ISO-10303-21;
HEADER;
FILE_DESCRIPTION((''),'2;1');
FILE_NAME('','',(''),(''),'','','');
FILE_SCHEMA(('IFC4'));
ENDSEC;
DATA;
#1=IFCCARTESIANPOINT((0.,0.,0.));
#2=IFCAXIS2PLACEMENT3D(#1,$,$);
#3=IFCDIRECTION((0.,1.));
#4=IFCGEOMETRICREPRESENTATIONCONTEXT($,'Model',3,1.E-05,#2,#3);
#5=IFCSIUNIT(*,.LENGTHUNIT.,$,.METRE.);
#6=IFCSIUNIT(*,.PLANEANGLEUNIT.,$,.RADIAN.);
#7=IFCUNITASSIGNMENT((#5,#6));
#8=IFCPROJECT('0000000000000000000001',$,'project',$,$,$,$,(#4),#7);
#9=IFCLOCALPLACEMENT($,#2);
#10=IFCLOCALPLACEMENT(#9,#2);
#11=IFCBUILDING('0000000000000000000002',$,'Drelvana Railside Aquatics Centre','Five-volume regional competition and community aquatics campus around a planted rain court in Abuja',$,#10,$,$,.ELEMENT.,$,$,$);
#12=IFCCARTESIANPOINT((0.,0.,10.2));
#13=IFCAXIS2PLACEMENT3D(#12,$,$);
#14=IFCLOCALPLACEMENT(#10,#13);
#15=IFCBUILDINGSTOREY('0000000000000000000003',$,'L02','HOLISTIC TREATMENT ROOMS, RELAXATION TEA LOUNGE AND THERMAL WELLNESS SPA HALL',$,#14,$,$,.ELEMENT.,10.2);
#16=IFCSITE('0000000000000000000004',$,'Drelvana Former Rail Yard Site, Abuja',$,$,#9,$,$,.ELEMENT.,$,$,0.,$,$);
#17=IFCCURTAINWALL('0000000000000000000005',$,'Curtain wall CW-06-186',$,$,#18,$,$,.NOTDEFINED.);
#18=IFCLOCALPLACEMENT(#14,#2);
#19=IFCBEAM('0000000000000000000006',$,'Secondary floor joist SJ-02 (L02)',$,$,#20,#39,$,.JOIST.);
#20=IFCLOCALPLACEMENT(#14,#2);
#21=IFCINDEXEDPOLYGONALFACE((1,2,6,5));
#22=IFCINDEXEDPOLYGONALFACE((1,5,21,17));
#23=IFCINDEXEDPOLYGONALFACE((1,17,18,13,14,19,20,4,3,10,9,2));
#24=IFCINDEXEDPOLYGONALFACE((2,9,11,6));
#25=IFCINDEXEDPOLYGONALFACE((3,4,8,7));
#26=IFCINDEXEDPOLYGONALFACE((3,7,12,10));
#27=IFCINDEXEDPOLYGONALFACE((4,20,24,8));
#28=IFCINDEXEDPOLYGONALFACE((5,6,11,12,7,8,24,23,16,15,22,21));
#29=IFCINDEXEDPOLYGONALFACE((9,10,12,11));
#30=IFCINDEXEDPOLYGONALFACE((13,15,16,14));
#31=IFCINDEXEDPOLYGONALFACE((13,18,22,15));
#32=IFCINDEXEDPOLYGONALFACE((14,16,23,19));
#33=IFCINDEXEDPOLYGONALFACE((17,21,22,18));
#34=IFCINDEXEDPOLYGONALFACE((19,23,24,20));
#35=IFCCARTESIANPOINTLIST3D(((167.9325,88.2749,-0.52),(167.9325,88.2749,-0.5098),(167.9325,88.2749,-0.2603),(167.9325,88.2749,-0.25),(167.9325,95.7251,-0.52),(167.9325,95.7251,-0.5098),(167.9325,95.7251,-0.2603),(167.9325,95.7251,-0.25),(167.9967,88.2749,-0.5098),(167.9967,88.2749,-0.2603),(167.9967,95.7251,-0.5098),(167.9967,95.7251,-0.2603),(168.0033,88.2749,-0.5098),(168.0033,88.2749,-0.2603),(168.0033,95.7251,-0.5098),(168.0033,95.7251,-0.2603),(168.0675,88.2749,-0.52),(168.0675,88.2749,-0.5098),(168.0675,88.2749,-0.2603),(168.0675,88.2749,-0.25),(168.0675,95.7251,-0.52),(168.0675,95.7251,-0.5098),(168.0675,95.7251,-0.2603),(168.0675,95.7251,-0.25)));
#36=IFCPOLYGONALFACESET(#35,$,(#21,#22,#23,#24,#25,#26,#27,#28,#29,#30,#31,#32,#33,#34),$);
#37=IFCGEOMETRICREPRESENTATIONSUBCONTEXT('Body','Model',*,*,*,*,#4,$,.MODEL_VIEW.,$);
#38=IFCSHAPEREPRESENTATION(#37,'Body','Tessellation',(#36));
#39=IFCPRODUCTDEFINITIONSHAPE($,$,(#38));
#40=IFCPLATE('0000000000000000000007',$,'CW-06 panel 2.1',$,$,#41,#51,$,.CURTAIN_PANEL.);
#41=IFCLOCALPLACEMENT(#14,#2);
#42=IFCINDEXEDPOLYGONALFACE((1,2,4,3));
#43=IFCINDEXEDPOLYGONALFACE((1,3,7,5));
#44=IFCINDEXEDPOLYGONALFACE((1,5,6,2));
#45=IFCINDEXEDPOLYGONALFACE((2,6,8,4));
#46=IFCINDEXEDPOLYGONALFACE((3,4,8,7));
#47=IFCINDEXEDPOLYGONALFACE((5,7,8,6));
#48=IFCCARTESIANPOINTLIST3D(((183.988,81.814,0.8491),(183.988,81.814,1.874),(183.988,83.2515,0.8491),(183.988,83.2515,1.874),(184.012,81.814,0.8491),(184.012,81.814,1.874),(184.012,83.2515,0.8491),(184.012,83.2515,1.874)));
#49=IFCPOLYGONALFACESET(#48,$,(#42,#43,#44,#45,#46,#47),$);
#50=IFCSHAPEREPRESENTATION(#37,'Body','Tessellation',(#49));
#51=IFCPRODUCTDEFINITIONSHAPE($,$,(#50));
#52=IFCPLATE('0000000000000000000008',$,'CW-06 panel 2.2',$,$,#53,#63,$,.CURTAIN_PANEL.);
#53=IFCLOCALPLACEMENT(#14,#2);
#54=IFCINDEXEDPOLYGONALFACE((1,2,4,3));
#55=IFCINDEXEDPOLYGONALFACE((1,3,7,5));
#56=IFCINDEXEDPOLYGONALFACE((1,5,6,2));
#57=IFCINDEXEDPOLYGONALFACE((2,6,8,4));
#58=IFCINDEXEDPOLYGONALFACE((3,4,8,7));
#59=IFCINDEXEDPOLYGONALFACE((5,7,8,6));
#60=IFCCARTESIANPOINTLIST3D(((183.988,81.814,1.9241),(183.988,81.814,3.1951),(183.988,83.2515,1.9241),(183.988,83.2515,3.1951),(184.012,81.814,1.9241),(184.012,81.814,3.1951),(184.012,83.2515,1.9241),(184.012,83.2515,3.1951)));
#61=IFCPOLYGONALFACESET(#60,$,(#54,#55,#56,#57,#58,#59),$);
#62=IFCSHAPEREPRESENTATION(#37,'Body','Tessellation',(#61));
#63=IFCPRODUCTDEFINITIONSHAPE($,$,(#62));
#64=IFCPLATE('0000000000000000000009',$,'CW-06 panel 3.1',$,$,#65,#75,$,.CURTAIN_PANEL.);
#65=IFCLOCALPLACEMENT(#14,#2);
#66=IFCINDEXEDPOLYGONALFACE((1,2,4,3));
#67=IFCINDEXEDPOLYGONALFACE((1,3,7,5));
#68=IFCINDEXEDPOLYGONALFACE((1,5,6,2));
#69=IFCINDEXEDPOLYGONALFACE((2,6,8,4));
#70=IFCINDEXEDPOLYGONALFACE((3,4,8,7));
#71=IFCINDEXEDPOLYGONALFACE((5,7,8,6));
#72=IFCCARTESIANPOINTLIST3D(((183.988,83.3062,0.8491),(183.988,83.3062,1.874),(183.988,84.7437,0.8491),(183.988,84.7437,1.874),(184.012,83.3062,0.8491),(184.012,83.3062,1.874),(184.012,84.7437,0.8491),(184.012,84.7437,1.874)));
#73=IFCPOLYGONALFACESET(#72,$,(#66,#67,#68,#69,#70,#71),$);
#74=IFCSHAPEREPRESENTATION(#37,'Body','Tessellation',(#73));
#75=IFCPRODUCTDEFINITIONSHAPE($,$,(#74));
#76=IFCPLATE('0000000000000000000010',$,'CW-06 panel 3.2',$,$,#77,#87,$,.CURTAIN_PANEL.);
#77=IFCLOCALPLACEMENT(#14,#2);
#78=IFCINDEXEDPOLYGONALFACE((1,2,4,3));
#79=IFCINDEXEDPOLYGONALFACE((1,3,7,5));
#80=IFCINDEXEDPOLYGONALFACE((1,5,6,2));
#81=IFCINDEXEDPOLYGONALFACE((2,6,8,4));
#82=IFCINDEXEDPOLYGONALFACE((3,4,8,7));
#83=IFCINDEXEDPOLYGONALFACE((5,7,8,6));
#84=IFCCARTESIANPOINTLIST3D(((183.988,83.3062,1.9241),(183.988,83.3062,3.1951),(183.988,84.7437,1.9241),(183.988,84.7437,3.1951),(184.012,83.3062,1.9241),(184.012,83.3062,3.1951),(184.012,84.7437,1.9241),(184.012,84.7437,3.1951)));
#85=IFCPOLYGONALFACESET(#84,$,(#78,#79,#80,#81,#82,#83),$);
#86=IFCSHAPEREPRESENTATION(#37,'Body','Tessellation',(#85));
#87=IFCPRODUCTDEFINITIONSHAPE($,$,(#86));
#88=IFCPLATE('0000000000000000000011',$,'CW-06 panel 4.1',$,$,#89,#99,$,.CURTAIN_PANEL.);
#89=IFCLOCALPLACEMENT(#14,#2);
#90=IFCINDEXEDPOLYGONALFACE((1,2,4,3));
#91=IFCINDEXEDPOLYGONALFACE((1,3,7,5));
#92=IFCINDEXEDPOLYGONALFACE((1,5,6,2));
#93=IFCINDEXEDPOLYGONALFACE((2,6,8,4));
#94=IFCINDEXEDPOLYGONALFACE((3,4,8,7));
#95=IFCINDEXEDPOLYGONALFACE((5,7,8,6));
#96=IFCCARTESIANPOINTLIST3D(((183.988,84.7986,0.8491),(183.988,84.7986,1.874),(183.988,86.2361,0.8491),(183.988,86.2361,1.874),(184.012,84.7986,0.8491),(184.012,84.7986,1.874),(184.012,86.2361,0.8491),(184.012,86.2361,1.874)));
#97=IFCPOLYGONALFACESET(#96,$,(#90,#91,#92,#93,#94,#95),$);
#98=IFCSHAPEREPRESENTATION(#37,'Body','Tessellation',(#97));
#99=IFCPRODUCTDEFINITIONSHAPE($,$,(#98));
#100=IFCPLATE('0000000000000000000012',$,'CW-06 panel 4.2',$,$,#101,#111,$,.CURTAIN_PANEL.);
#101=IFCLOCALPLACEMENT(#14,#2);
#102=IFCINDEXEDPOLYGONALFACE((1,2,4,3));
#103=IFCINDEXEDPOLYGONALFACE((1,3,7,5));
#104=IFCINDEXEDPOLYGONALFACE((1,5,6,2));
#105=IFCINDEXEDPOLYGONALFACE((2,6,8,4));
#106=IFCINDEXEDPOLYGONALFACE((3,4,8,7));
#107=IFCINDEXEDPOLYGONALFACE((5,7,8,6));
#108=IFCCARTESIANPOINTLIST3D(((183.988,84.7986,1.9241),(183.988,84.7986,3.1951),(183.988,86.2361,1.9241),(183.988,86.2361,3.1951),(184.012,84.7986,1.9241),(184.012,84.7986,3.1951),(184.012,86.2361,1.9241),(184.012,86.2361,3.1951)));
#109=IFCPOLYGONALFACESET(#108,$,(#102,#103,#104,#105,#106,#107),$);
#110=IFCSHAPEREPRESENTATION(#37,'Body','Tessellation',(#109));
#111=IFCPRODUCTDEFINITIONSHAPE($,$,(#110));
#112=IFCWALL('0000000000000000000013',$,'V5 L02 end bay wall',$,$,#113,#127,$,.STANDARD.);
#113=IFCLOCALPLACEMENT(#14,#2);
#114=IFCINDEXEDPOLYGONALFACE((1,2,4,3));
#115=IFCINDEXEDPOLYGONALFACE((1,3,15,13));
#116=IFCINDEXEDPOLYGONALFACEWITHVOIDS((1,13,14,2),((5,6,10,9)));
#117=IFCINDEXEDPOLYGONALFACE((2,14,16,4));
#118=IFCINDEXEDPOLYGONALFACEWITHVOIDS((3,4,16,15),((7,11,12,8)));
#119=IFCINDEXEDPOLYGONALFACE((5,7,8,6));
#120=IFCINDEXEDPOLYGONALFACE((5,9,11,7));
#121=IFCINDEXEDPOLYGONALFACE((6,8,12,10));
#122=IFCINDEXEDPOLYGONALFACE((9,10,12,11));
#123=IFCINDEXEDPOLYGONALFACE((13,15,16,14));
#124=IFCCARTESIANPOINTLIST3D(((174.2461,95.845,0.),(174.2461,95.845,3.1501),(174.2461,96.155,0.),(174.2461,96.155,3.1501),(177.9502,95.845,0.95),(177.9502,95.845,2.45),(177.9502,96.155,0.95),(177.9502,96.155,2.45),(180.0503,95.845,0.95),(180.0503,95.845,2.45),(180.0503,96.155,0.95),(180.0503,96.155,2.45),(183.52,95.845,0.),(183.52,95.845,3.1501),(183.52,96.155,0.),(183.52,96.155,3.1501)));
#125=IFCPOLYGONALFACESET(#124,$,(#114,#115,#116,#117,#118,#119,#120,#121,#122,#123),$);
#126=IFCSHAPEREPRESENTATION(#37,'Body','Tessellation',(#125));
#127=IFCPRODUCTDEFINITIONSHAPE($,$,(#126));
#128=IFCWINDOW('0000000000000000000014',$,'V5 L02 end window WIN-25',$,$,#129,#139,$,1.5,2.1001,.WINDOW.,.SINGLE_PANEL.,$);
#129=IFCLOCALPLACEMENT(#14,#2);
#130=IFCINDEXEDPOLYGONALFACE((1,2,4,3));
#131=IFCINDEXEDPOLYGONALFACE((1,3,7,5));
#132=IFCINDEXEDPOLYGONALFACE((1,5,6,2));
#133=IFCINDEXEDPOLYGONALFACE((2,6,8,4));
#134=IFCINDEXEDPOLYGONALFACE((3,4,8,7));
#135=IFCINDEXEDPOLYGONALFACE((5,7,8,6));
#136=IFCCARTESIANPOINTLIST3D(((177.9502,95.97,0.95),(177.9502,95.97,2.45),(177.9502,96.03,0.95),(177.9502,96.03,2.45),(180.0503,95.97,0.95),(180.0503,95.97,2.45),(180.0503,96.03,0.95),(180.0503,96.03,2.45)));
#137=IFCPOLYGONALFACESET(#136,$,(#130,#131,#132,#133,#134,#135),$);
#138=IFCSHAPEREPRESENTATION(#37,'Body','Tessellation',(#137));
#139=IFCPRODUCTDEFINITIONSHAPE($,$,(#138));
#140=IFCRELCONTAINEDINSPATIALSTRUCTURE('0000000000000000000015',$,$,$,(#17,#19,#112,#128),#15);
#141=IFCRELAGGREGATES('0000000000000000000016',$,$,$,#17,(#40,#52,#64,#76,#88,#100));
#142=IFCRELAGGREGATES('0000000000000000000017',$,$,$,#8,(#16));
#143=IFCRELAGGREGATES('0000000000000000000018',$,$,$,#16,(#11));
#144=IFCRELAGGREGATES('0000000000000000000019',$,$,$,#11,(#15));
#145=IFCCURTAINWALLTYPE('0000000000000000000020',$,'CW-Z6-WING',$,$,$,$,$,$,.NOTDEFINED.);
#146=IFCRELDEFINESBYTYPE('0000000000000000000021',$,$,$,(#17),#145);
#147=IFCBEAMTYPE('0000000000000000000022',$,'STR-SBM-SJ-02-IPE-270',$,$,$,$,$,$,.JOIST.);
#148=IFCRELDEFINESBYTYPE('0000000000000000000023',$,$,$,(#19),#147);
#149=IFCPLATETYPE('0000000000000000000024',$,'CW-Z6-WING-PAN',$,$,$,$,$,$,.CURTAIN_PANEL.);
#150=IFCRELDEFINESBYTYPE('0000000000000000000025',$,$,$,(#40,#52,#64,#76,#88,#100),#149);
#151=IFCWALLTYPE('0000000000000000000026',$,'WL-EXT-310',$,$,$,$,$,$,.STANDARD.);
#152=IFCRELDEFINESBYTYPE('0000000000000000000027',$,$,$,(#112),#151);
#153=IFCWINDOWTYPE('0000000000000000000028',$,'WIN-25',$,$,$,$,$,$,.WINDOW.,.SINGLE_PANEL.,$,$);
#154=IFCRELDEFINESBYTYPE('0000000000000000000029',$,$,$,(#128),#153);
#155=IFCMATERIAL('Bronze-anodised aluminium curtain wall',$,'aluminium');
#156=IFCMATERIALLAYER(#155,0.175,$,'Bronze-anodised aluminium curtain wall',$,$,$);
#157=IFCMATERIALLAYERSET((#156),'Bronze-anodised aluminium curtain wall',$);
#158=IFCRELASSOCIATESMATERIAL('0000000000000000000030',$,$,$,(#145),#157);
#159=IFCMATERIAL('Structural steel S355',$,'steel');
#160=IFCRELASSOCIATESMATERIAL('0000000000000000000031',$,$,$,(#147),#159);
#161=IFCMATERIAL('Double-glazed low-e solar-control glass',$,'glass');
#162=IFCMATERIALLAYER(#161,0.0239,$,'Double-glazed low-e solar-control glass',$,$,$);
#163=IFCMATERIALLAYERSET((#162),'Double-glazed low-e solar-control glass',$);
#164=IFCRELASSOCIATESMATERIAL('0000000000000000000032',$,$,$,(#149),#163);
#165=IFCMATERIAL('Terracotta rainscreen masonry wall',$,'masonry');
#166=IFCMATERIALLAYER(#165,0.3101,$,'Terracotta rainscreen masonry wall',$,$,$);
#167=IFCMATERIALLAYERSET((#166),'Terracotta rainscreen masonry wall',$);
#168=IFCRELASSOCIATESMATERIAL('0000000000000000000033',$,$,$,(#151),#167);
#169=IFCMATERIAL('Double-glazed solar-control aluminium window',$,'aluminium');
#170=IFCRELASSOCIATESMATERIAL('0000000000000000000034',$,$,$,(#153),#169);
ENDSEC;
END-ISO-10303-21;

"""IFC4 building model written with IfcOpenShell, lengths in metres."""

from ifc_helpers import new_model, si_unit, direction, frame, frame_2d, origin, origin_2d, place, context, subcontext, project, spatial, rectangle, i_section, extrude, material, layer, layer_set, material_profile, profile_set, type_object, element, fill, aggregate, save


model = new_model("IFC4")

# Units and contexts
model_context = context("Model", 3, precision=1e-05, world=origin(), true_north=direction((0.0, 1.0)))
body_context = subcontext(model_context, "Body", "Model", "MODEL_VIEW")
ifc_project = project(units=[si_unit("LENGTHUNIT", "METRE"), si_unit("PLANEANGLEUNIT", "RADIAN")], contexts=[model_context])

# Site, building, storey
site_placement = place(None, origin())
site = spatial("IfcSite", under=ifc_project, at=site_placement, Name="Drelvana Former Rail Yard Site, Abuja", CompositionType="ELEMENT", RefElevation=0.0)
building_placement = place(site_placement, origin())
building = spatial("IfcBuilding", under=site, at=building_placement, Name="Drelvana Railside Aquatics Centre", Description="Five-volume regional competition and community aquatics campus around a planted rain court in Abuja", CompositionType="ELEMENT")
storey_placement = place(building_placement, frame((0.0, 0.0, 10.2)))
storey = spatial("IfcBuildingStorey", under=building, at=storey_placement, Name="L02", Description="HOLISTIC TREATMENT ROOMS, RELAXATION TEA LOUNGE AND THERMAL WELLNESS SPA HALL", CompositionType="ELEMENT", Elevation=10.2)

# Curtain wall
ifc_material_1 = material(Name="Bronze-anodised aluminium curtain wall", Category="aluminium")
ifc_layer_1 = layer(ifc_material_1, 0.175, Name="Bronze-anodised aluminium curtain wall")
ifc_layer_set_1 = layer_set([ifc_layer_1], Name="Bronze-anodised aluminium curtain wall")
curtain_wall_type = type_object("IfcCurtainWallType", Name="CW-Z6-WING", PredefinedType="NOTDEFINED", material=ifc_layer_set_1)
curtain_wall_placement = place(storey_placement, origin())
curtain_wall = element("IfcCurtainWall", 1, at=curtain_wall_placement, inside=storey, type_object=curtain_wall_type, Name="Curtain wall CW-06-186", PredefinedType="NOTDEFINED")

# Beam
ifc_material_2 = material(Name="Structural steel S355", Category="steel")
ifc_material_profile_1 = material_profile(ifc_material_2, i_section(OverallWidth=0.135, OverallDepth=0.27, WebThickness=0.0066, FlangeThickness=0.0103, at=origin_2d()), Name="IPE 270")
ifc_profile_set_1 = profile_set([ifc_material_profile_1], Name="Structural steel S355")
beam_type_1 = type_object("IfcBeamType", Name="STR-SBM-SJ-02-IPE-270", PredefinedType="JOIST", material=ifc_profile_set_1)
beam_1_placement = place(storey_placement, frame((168.0, 88.2749, -0.385), z_axis=(0.0, 1.0, 0.0), x_axis=(-1.0, 0.0, 0.0)))
element("IfcBeam", 2, at=beam_1_placement, inside=storey, type_object=beam_type_1, Name="Secondary floor joist SJ-02 (L02)", PredefinedType="JOIST", context=body_context, shape_type="SweptSolid", body=[
    extrude(i_section(OverallWidth=0.135, OverallDepth=0.27, WebThickness=0.0066, FlangeThickness=0.0103, at=origin_2d()), origin(), (0.0, 0.0, 1.0), 7.4502),
])

# Plates
ifc_material_3 = material(Name="Double-glazed low-e solar-control glass", Category="glass")
ifc_layer_2 = layer(ifc_material_3, 0.0239, Name="Double-glazed low-e solar-control glass")
ifc_layer_set_2 = layer_set([ifc_layer_2], Name="Double-glazed low-e solar-control glass")
plate_type = type_object("IfcPlateType", Name="CW-Z6-WING-PAN", PredefinedType="CURTAIN_PANEL", material=ifc_layer_set_2)
plate_1_placement = place(storey_placement, frame((184.0, 82.5327, 0.8491), z_axis=(0.0, 0.0, 1.0), x_axis=(0.0, 1.0, 0.0)))
plate_1 = element("IfcPlate", 3, at=plate_1_placement, type_object=plate_type, Name="CW-06 panel 2.1", PredefinedType="CURTAIN_PANEL", context=body_context, shape_type="SweptSolid", body=[
    extrude(rectangle(XDim=1.4375, YDim=0.0239, at=origin_2d()), origin(), (0.0, 0.0, 1.0), 1.0249),
])
plate_2_placement = place(storey_placement, frame((184.0, 82.5327, 1.9241), z_axis=(0.0, 0.0, 1.0), x_axis=(0.0, 1.0, 0.0)))
plate_2 = element("IfcPlate", 4, at=plate_2_placement, type_object=plate_type, Name="CW-06 panel 2.2", PredefinedType="CURTAIN_PANEL", context=body_context, shape_type="SweptSolid", body=[
    extrude(rectangle(XDim=1.4375, YDim=0.0239, at=origin_2d()), origin(), (0.0, 0.0, 1.0), 1.271),
])
plate_3_placement = place(storey_placement, frame((184.0, 84.0249, 0.8491), z_axis=(0.0, 0.0, 1.0), x_axis=(0.0, 1.0, 0.0)))
plate_3 = element("IfcPlate", 5, at=plate_3_placement, type_object=plate_type, Name="CW-06 panel 3.1", PredefinedType="CURTAIN_PANEL", context=body_context, shape_type="SweptSolid", body=[
    extrude(rectangle(XDim=1.4375, YDim=0.0239, at=origin_2d()), origin(), (0.0, 0.0, 1.0), 1.0249),
])
plate_4_placement = place(storey_placement, frame((184.0, 84.0249, 1.9241), z_axis=(0.0, 0.0, 1.0), x_axis=(0.0, 1.0, 0.0)))
plate_4 = element("IfcPlate", 6, at=plate_4_placement, type_object=plate_type, Name="CW-06 panel 3.2", PredefinedType="CURTAIN_PANEL", context=body_context, shape_type="SweptSolid", body=[
    extrude(rectangle(XDim=1.4375, YDim=0.0239, at=origin_2d()), origin(), (0.0, 0.0, 1.0), 1.271),
])
plate_5_placement = place(storey_placement, frame((184.0, 85.5173, 0.8491), z_axis=(0.0, 0.0, 1.0), x_axis=(0.0, 1.0, 0.0)))
plate_5 = element("IfcPlate", 7, at=plate_5_placement, type_object=plate_type, Name="CW-06 panel 4.1", PredefinedType="CURTAIN_PANEL", context=body_context, shape_type="SweptSolid", body=[
    extrude(rectangle(XDim=1.4375, YDim=0.0239, at=origin_2d()), origin(), (0.0, 0.0, 1.0), 1.0249),
])
plate_6_placement = place(storey_placement, frame((184.0, 85.5173, 1.9241), z_axis=(0.0, 0.0, 1.0), x_axis=(0.0, 1.0, 0.0)))
plate_6 = element("IfcPlate", 8, at=plate_6_placement, type_object=plate_type, Name="CW-06 panel 4.2", PredefinedType="CURTAIN_PANEL", context=body_context, shape_type="SweptSolid", body=[
    extrude(rectangle(XDim=1.4375, YDim=0.0239, at=origin_2d()), origin(), (0.0, 0.0, 1.0), 1.271),
])
aggregate(curtain_wall, [plate_1, plate_2, plate_3, plate_4, plate_5, plate_6])

# Wall, opening, window
ifc_material_4 = material(Name="Terracotta rainscreen masonry wall", Category="masonry")
ifc_layer_3 = layer(ifc_material_4, 0.3101, Name="Terracotta rainscreen masonry wall")
ifc_layer_set_3 = layer_set([ifc_layer_3], Name="Terracotta rainscreen masonry wall")
wall_type = type_object("IfcWallType", Name="WL-EXT-310", PredefinedType="STANDARD", material=ifc_layer_set_3)
wall_placement = place(storey_placement, frame((174.2461, 96.0, 0.0), z_axis=(0.0, 0.0, 1.0), x_axis=(1.0, 0.0, 0.0)))
wall = element("IfcWall", 9, at=wall_placement, inside=storey, type_object=wall_type, Name="V5 L02 end bay wall", PredefinedType="STANDARD", context=body_context, shape_type="SweptSolid", body=[
    extrude(rectangle(XDim=9.2739, YDim=0.3101, at=frame_2d((4.637, 0.0))), origin(), (0.0, 0.0, 1.0), 3.1501),
])
opening_placement = place(wall_placement, frame((3.7041, 0.0, 0.95)))
opening = element("IfcOpeningElement", 10, at=opening_placement, cuts=wall, PredefinedType="OPENING", context=body_context, shape_type="SweptSolid", body=[
    extrude(rectangle(XDim=2.1001, YDim=1.5, at=frame_2d((1.05, 0.75))), frame((0.0, 0.165, 0.0), z_axis=(0.0, -1.0, 0.0), x_axis=(1.0, 0.0, 0.0)), (0.0, 0.0, 1.0), 0.3301),
])
ifc_material_5 = material(Name="Double-glazed solar-control aluminium window", Category="aluminium")
window_type = type_object("IfcWindowType", Name="WIN-25", PartitioningType="SINGLE_PANEL", PredefinedType="WINDOW", material=ifc_material_5)
window_placement = place(opening_placement, origin())
window = element("IfcWindow", 11, at=window_placement, inside=storey, type_object=window_type, Name="V5 L02 end window WIN-25", OverallHeight=1.5, OverallWidth=2.1001, PartitioningType="SINGLE_PANEL", PredefinedType="WINDOW", context=body_context, shape_type="SweptSolid", body=[
    extrude(rectangle(XDim=2.1001, YDim=1.5, at=frame_2d((1.05, 0.75))), frame((0.0, 0.03, 0.0), z_axis=(0.0, -1.0, 0.0), x_axis=(1.0, 0.0, 0.0)), (0.0, 0.0, 1.0), 0.0601),
])
fill(opening, window)

save(model, "model.ifc")
